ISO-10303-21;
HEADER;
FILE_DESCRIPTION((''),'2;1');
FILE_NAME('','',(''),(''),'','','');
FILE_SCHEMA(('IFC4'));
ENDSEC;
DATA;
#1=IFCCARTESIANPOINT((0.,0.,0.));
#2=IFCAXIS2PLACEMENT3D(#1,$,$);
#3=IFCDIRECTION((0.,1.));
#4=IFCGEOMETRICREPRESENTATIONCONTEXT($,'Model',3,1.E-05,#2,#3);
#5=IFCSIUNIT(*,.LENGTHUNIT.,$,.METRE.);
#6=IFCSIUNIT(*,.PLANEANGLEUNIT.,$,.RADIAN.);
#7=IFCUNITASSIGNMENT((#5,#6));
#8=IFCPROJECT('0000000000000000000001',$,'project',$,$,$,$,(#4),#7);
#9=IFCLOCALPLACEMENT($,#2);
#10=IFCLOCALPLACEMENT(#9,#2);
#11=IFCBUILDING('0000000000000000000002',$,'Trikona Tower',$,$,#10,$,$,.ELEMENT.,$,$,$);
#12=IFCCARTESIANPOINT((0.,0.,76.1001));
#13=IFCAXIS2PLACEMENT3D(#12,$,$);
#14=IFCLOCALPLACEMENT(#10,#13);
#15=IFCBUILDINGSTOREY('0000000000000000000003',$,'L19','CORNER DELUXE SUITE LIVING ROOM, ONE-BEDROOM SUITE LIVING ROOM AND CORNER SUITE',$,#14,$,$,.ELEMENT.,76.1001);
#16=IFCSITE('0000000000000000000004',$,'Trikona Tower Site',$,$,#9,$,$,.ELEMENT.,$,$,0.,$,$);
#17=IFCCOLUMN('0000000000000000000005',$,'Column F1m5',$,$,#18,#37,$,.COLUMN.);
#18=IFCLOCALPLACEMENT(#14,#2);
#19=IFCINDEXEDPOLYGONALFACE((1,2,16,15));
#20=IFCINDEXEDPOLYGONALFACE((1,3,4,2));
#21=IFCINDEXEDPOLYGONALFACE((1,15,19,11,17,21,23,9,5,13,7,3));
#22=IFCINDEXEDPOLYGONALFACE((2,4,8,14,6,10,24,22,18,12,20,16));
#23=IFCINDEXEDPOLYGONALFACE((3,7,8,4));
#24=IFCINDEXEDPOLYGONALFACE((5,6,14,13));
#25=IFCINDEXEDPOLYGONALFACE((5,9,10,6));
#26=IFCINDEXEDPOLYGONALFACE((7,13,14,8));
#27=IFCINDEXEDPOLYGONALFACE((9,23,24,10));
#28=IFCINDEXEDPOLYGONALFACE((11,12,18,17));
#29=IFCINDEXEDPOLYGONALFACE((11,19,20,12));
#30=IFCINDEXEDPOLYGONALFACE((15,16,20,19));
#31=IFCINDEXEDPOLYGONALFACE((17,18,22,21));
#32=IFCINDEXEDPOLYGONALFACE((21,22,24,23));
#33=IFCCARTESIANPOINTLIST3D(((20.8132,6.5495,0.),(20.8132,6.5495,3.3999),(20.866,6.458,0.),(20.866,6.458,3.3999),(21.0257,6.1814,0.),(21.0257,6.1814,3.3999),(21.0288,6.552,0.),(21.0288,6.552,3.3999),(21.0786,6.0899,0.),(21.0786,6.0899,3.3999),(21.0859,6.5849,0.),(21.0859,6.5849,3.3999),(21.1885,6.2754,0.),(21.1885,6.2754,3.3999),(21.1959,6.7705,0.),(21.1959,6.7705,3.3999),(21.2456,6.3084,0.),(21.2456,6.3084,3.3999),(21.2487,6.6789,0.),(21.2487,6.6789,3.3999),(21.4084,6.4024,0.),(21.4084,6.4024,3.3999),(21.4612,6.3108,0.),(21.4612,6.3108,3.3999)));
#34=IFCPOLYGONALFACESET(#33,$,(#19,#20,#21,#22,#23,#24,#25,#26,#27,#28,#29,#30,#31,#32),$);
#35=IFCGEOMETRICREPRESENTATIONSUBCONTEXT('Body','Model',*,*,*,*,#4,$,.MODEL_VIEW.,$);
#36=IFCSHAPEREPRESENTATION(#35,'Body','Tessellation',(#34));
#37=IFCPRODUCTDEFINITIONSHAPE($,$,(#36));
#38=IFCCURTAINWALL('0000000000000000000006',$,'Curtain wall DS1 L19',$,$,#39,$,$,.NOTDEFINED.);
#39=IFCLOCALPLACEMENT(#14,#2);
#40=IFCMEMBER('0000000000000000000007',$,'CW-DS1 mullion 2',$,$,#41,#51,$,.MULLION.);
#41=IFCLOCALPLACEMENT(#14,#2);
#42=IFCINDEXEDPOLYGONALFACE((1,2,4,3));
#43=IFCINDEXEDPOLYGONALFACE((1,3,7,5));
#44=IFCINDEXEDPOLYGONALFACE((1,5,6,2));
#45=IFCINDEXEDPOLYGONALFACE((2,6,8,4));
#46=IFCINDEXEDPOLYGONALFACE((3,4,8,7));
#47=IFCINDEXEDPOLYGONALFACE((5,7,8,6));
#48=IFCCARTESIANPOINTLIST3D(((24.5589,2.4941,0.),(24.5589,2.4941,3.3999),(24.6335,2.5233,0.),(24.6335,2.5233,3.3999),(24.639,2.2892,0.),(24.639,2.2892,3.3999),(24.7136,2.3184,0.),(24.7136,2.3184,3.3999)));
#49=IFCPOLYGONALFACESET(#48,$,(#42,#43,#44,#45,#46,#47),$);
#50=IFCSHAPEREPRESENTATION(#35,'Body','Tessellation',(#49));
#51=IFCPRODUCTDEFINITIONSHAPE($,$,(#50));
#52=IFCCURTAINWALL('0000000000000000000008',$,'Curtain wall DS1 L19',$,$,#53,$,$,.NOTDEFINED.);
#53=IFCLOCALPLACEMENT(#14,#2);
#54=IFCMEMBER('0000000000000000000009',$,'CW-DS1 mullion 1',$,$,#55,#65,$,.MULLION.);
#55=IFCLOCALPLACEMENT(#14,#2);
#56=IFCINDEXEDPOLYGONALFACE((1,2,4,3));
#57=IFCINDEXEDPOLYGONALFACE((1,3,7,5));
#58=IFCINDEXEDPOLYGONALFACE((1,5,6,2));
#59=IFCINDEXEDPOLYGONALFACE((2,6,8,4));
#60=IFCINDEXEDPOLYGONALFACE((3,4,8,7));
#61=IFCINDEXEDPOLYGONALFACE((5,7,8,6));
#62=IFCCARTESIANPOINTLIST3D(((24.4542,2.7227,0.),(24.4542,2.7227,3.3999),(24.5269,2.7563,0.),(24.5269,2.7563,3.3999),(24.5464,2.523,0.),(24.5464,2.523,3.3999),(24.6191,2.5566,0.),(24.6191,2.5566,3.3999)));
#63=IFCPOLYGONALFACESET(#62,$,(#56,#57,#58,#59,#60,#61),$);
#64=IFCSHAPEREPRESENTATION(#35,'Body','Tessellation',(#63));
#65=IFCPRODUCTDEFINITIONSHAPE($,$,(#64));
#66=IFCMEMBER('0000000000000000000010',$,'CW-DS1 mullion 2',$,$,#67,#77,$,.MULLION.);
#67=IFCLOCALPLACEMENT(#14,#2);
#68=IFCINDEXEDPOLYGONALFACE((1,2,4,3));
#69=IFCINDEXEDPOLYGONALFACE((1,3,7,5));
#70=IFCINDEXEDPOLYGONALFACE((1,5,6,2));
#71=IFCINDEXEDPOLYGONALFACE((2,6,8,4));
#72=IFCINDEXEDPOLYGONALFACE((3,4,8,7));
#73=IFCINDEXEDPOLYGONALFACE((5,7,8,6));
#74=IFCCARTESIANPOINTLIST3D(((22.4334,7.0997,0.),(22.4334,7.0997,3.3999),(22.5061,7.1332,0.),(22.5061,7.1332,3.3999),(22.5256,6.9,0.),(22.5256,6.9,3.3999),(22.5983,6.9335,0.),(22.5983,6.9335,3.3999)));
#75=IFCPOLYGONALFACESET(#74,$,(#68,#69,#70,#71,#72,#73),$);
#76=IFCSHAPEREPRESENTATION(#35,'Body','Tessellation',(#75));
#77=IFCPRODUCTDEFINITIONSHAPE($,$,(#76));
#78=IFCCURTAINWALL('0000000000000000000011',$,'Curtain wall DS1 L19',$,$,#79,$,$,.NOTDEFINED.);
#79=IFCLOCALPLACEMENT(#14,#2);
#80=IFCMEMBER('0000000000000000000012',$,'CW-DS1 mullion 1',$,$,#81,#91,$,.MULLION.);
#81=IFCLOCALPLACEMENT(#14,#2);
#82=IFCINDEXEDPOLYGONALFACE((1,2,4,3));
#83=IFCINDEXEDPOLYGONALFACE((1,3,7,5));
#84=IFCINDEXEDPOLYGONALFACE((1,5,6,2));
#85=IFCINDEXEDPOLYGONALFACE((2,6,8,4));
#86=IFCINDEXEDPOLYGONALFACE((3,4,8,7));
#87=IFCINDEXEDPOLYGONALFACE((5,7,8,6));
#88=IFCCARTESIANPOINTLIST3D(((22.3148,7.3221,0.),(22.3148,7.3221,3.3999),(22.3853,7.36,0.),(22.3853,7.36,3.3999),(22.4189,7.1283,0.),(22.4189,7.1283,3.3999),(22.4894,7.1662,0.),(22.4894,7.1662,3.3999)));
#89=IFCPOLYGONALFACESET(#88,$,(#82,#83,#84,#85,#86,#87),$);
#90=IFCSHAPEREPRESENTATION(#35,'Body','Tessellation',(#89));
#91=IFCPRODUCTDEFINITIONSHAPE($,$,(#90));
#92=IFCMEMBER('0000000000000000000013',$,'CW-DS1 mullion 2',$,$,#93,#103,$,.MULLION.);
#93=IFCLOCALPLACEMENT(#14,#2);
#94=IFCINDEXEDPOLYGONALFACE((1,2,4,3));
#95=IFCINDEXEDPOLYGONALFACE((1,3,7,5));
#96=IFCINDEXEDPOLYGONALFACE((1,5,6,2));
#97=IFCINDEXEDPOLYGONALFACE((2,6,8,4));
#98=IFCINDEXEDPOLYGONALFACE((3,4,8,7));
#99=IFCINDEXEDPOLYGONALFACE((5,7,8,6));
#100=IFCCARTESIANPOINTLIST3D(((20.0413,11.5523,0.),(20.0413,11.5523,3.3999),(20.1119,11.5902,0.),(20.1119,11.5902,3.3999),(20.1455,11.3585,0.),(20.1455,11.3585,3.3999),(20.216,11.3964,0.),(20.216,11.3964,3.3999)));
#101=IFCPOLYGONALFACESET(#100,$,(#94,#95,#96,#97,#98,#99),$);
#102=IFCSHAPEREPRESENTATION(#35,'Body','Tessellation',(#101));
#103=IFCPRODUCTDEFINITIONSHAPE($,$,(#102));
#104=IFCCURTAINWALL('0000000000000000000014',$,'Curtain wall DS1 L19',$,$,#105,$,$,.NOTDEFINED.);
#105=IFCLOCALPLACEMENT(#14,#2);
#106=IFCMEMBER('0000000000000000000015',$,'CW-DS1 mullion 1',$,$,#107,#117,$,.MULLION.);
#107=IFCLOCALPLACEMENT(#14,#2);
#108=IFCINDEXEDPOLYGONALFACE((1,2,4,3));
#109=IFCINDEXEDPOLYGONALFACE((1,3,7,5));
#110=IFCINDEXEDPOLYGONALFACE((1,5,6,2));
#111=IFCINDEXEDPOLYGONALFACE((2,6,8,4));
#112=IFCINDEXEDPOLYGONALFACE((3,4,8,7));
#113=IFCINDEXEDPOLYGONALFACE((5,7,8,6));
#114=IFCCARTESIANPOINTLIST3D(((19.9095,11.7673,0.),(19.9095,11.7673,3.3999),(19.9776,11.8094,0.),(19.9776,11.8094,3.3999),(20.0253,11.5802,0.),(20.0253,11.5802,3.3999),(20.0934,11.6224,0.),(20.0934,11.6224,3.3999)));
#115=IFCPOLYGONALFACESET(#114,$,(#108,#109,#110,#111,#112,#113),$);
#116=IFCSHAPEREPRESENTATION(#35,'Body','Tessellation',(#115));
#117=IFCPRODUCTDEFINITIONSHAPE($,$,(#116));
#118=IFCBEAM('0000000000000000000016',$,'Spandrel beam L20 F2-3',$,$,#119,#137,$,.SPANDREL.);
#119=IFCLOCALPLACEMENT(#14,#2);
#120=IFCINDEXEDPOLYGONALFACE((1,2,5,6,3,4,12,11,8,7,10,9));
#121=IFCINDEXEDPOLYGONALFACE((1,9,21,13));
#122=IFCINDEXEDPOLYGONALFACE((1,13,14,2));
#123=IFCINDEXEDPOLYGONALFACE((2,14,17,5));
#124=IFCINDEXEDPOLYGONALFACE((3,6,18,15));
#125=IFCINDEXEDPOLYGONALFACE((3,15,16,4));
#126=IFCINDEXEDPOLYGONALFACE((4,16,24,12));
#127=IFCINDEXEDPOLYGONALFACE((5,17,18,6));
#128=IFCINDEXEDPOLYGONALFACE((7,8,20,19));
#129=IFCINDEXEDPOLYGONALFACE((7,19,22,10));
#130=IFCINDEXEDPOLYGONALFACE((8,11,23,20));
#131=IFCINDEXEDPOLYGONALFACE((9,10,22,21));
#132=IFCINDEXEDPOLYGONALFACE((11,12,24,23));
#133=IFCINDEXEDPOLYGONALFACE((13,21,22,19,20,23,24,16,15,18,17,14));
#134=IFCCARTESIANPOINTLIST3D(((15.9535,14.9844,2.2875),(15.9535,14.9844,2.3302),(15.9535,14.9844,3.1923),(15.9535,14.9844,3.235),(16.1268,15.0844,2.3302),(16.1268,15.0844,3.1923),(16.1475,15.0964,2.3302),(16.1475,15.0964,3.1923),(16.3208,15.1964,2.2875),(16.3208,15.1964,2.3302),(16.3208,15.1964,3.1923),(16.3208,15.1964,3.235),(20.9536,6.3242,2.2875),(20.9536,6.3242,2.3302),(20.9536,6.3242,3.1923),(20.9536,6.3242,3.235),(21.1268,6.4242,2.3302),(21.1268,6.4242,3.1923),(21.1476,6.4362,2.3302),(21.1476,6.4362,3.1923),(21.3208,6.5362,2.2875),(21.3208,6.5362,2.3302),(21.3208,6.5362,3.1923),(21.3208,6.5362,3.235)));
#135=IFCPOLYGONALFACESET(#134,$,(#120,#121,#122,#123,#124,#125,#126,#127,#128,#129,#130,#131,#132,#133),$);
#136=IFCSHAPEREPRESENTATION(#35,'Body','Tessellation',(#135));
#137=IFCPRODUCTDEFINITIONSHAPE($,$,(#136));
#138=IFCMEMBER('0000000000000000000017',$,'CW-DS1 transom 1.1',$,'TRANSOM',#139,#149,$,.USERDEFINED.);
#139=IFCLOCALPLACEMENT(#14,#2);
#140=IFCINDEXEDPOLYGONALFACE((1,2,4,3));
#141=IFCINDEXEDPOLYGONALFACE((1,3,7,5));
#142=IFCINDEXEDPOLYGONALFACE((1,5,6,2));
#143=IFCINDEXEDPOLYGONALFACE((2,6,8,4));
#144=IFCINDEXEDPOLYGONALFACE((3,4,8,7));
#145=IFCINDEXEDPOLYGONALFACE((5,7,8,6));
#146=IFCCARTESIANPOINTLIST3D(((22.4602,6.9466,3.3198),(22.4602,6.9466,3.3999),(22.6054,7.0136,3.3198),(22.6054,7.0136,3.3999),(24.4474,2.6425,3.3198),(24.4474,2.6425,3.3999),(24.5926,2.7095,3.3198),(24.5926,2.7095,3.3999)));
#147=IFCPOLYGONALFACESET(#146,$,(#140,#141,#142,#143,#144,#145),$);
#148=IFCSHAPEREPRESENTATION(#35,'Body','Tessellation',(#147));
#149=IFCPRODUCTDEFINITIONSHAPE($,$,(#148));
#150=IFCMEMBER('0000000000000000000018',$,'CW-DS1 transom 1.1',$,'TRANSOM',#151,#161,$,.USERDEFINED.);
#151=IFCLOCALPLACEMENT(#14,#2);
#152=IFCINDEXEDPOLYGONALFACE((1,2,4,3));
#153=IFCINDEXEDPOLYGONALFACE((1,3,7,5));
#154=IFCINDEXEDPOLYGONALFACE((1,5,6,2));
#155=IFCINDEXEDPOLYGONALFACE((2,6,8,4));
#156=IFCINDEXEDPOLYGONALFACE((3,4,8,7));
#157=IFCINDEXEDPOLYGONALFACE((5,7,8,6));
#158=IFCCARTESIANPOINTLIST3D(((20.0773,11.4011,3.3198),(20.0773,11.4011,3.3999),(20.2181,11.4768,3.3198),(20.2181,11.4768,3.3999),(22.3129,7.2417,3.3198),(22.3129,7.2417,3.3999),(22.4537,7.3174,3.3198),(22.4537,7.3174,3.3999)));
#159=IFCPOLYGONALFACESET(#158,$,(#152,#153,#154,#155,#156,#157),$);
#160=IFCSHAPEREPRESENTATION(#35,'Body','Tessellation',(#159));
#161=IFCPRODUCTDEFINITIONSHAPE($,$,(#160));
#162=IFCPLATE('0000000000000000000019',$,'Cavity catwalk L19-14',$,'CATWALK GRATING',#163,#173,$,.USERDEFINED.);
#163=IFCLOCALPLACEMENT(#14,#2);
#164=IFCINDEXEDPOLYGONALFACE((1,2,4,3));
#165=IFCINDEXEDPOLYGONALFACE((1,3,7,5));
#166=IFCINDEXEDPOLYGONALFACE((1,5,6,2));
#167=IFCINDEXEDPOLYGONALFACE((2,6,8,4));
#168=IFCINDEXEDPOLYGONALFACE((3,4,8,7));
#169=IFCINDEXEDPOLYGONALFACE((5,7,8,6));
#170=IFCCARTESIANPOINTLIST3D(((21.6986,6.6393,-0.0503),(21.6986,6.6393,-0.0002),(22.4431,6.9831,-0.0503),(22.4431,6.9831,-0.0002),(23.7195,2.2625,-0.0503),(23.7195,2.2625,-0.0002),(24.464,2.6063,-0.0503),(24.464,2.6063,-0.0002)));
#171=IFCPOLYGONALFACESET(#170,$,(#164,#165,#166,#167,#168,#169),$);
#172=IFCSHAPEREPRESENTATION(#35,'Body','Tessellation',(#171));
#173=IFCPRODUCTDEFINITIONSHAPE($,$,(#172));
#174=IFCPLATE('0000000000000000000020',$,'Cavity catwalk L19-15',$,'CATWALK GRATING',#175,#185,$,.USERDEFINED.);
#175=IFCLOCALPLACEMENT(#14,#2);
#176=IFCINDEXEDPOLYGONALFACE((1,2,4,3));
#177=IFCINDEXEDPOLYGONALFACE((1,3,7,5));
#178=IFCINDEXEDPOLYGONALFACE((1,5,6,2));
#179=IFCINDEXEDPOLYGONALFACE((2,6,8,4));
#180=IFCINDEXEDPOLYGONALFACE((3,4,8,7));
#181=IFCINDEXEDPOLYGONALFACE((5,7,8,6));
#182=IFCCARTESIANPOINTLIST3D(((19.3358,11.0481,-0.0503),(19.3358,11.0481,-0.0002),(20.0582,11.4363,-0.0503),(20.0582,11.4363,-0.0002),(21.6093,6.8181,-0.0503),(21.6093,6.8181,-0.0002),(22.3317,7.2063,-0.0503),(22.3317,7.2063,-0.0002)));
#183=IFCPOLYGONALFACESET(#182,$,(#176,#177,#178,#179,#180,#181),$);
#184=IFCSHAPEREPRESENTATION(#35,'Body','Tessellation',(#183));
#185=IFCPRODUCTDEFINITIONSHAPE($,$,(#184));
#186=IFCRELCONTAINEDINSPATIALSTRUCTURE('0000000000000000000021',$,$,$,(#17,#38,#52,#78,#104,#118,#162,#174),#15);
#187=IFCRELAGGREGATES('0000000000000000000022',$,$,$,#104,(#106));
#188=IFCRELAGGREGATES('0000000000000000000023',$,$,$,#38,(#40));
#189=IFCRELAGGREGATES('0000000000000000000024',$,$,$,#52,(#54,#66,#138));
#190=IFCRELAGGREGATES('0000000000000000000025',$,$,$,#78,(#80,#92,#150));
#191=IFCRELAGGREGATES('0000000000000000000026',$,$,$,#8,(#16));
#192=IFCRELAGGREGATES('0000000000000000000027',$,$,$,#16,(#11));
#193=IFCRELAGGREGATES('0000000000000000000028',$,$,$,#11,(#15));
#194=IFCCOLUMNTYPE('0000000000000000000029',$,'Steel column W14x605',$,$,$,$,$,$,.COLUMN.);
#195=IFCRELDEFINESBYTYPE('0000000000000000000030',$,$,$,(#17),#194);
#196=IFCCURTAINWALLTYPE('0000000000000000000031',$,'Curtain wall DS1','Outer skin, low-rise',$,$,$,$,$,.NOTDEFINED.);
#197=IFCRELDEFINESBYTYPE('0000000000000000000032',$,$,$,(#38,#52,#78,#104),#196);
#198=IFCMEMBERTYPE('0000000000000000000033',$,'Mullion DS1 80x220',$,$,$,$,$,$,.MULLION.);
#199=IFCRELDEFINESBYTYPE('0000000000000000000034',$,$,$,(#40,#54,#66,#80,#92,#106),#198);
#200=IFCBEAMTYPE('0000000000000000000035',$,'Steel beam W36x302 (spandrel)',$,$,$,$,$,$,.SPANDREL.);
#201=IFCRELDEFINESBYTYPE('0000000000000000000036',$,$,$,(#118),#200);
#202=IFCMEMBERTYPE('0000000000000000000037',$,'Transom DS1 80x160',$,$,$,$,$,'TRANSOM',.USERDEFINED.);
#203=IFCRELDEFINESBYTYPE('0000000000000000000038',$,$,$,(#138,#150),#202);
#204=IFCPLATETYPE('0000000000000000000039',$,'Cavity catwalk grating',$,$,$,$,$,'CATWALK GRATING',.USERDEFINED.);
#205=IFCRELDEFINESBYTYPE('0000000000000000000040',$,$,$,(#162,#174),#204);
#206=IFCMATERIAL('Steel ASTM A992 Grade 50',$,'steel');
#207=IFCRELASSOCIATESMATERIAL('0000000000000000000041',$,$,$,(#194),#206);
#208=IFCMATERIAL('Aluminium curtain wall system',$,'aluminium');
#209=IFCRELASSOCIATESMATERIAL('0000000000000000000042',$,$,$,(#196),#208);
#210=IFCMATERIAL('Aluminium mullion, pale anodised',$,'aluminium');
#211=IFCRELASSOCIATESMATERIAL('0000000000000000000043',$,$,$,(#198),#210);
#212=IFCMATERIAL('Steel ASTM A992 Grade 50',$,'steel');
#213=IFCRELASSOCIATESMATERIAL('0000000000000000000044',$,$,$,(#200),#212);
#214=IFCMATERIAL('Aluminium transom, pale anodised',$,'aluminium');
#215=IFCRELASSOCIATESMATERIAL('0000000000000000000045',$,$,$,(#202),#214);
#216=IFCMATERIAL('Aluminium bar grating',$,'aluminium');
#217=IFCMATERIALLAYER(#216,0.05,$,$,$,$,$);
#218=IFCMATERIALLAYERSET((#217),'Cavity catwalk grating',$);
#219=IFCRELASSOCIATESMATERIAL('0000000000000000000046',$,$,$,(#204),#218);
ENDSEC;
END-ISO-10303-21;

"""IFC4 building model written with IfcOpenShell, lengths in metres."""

from ifc_helpers import new_model, si_unit, direction, frame, origin, origin_2d, place, context, subcontext, project, spatial, rectangle, i_section, extrude, material, layer, layer_set, material_profile, profile_set, type_object, element, aggregate, save


model = new_model("IFC4")

# Units and contexts
model_context = context("Model", 3, precision=1e-05, world=origin(), true_north=direction((0.0, 1.0)))
body_context = subcontext(model_context, "Body", "Model", "MODEL_VIEW")
ifc_project = project(units=[si_unit("LENGTHUNIT", "METRE"), si_unit("PLANEANGLEUNIT", "RADIAN")], contexts=[model_context])

# Site, building, storey
site_placement = place(None, origin())
site = spatial("IfcSite", under=ifc_project, at=site_placement, Name="Trikona Tower Site", CompositionType="ELEMENT", RefElevation=0.0)
building_placement = place(site_placement, origin())
building = spatial("IfcBuilding", under=site, at=building_placement, Name="Trikona Tower", CompositionType="ELEMENT")
storey_placement = place(building_placement, frame((0.0, 0.0, 76.1001)))
storey = spatial("IfcBuildingStorey", under=building, at=storey_placement, Name="L19", Description="CORNER DELUXE SUITE LIVING ROOM, ONE-BEDROOM SUITE LIVING ROOM AND CORNER SUITE", CompositionType="ELEMENT", Elevation=76.1001)

# Column
ifc_material_1 = material(Name="Steel ASTM A992 Grade 50", Category="steel")
ifc_material_profile_1 = material_profile(ifc_material_1, i_section(OverallWidth=0.4419, OverallDepth=0.5308, WebThickness=0.0659, FlangeThickness=0.1057, at=origin_2d()), Name="W14X605")
ifc_profile_set_1 = profile_set([ifc_material_profile_1], Name="Steel ASTM A992 Grade 50")
column_type = type_object("IfcColumnType", Name="Steel column W14x605", PredefinedType="COLUMN", material=ifc_profile_set_1)
column_placement = place(storey_placement, frame((21.1372, 6.4302, 0.0), z_axis=(0.0, 0.0, 1.0), x_axis=(0.866025, 0.5, 0.0)))
element("IfcColumn", 1, at=column_placement, inside=storey, type_object=column_type, Name="Column F1m5", PredefinedType="COLUMN", context=body_context, shape_type="SweptSolid", body=[
    extrude(i_section(OverallWidth=0.4419, OverallDepth=0.5308, WebThickness=0.0659, FlangeThickness=0.1057, at=origin_2d()), origin(), (0.0, 0.0, 1.0), 3.3999),
])

# Curtain wall, member
ifc_material_2 = material(Name="Aluminium curtain wall system", Category="aluminium")
curtain_wall_type = type_object("IfcCurtainWallType", Name="Curtain wall DS1", Description="Outer skin, low-rise", PredefinedType="NOTDEFINED", material=ifc_material_2)
curtain_wall_1_placement = place(storey_placement, origin())
curtain_wall_1 = element("IfcCurtainWall", 2, at=curtain_wall_1_placement, inside=storey, type_object=curtain_wall_type, Name="Curtain wall DS1 L19", PredefinedType="NOTDEFINED")
ifc_material_3 = material(Name="Aluminium mullion, pale anodised", Category="aluminium")
ifc_material_profile_2 = material_profile(ifc_material_3, rectangle(XDim=0.0801, YDim=0.22, at=origin_2d()), Name="MUL-DS1")
ifc_profile_set_2 = profile_set([ifc_material_profile_2], Name="Aluminium mullion, pale anodised")
member_type_1 = type_object("IfcMemberType", Name="Mullion DS1 80x220", PredefinedType="MULLION", material=ifc_profile_set_2)
member_1_placement = place(storey_placement, frame((24.6362, 2.4062, 0.0), z_axis=(0.0, 0.0, 1.0), x_axis=(-0.931396, -0.364008, 0.0)))
member_1 = element("IfcMember", 3, at=member_1_placement, type_object=member_type_1, Name="CW-DS1 mullion 2", PredefinedType="MULLION", context=body_context, shape_type="SweptSolid", body=[
    extrude(rectangle(XDim=0.0801, YDim=0.22, at=origin_2d()), origin(), (0.0, 0.0, 1.0), 3.3999),
])

# Curtain walls, members
curtain_wall_2_placement = place(storey_placement, origin())
curtain_wall_2 = element("IfcCurtainWall", 4, at=curtain_wall_2_placement, inside=storey, type_object=curtain_wall_type, Name="Curtain wall DS1 L19", PredefinedType="NOTDEFINED")
member_2_placement = place(storey_placement, frame((24.5366, 2.6396, 0.0), z_axis=(0.0, 0.0, 1.0), x_axis=(-0.907898, -0.41919, 0.0)))
member_2 = element("IfcMember", 5, at=member_2_placement, type_object=member_type_1, Name="CW-DS1 mullion 1", PredefinedType="MULLION", context=body_context, shape_type="SweptSolid", body=[
    extrude(rectangle(XDim=0.0801, YDim=0.22, at=origin_2d()), origin(), (0.0, 0.0, 1.0), 3.3999),
])
member_3_placement = place(storey_placement, frame((22.5159, 7.0166, 0.0), z_axis=(0.0, 0.0, 1.0), x_axis=(-0.907898, -0.41919, 0.0)))
member_3 = element("IfcMember", 6, at=member_3_placement, type_object=member_type_1, Name="CW-DS1 mullion 2", PredefinedType="MULLION", context=body_context, shape_type="SweptSolid", body=[
    extrude(rectangle(XDim=0.0801, YDim=0.22, at=origin_2d()), origin(), (0.0, 0.0, 1.0), 3.3999),
])
curtain_wall_3_placement = place(storey_placement, origin())
curtain_wall_3 = element("IfcCurtainWall", 7, at=curtain_wall_3_placement, inside=storey, type_object=curtain_wall_type, Name="Curtain wall DS1 L19", PredefinedType="NOTDEFINED")
member_4_placement = place(storey_placement, frame((22.4021, 7.2441, 0.0), z_axis=(0.0, 0.0, 1.0), x_axis=(-0.880843, -0.473408, 0.0)))
member_4 = element("IfcMember", 8, at=member_4_placement, type_object=member_type_1, Name="CW-DS1 mullion 1", PredefinedType="MULLION", context=body_context, shape_type="SweptSolid", body=[
    extrude(rectangle(XDim=0.0801, YDim=0.22, at=origin_2d()), origin(), (0.0, 0.0, 1.0), 3.3999),
])
member_5_placement = place(storey_placement, frame((20.1287, 11.4744, 0.0), z_axis=(0.0, 0.0, 1.0), x_axis=(-0.880843, -0.473408, 0.0)))
member_5 = element("IfcMember", 9, at=member_5_placement, type_object=member_type_1, Name="CW-DS1 mullion 2", PredefinedType="MULLION", context=body_context, shape_type="SweptSolid", body=[
    extrude(rectangle(XDim=0.0801, YDim=0.22, at=origin_2d()), origin(), (0.0, 0.0, 1.0), 3.3999),
])

# Curtain wall, member
curtain_wall_4_placement = place(storey_placement, origin())
curtain_wall_4 = element("IfcCurtainWall", 10, at=curtain_wall_4_placement, inside=storey, type_object=curtain_wall_type, Name="Curtain wall DS1 L19", PredefinedType="NOTDEFINED")
member_6_placement = place(storey_placement, frame((20.0015, 11.6948, 0.0), z_axis=(0.0, 0.0, 1.0), x_axis=(-0.85041, -0.52612, 0.0)))
member_6 = element("IfcMember", 11, at=member_6_placement, type_object=member_type_1, Name="CW-DS1 mullion 1", PredefinedType="MULLION", context=body_context, shape_type="SweptSolid", body=[
    extrude(rectangle(XDim=0.0801, YDim=0.22, at=origin_2d()), origin(), (0.0, 0.0, 1.0), 3.3999),
])
aggregate(curtain_wall_4, [member_6])

# Beam
ifc_material_4 = material(Name="Steel ASTM A992 Grade 50", Category="steel")
ifc_material_profile_3 = material_profile(ifc_material_4, i_section(OverallWidth=0.4241, OverallDepth=0.9475, WebThickness=0.0239, FlangeThickness=0.0427, at=origin_2d()), Name="W36X302")
ifc_profile_set_3 = profile_set([ifc_material_profile_3], Name="Steel ASTM A992 Grade 50")
beam_type = type_object("IfcBeamType", Name="Steel beam W36x302 (spandrel)", PredefinedType="SPANDREL", material=ifc_profile_set_3)
beam_placement = place(storey_placement, frame((21.1372, 6.4302, 2.7612), z_axis=(-0.500004, 0.866023, 0.0), x_axis=(-0.866023, -0.500004, 0.0)))
element("IfcBeam", 12, at=beam_placement, inside=storey, type_object=beam_type, Name="Spandrel beam L20 F2-3", PredefinedType="SPANDREL", context=body_context, shape_type="SweptSolid", body=[
    extrude(i_section(OverallWidth=0.4241, OverallDepth=0.9475, WebThickness=0.0239, FlangeThickness=0.0427, at=origin_2d()), origin(), (0.0, 0.0, 1.0), 10.0),
])

# Members
ifc_material_5 = material(Name="Aluminium transom, pale anodised", Category="aluminium")
ifc_material_profile_4 = material_profile(ifc_material_5, rectangle(XDim=0.1599, YDim=0.0801, at=origin_2d()), Name="TRN-DS1")
ifc_profile_set_4 = profile_set([ifc_material_profile_4], Name="Aluminium transom, pale anodised")
member_type_2 = type_object("IfcMemberType", Name="Transom DS1 80x160", ElementType="TRANSOM", PredefinedType="USERDEFINED", material=ifc_profile_set_4)
member_7_placement = place(storey_placement, frame((24.52, 2.676, 3.3599), z_axis=(-0.419189, 0.907899, 0.0), x_axis=(-0.907899, -0.419189, 0.0)))
member_7 = element("IfcMember", 13, at=member_7_placement, type_object=member_type_2, Name="CW-DS1 transom 1.1", ObjectType="TRANSOM", PredefinedType="USERDEFINED", context=body_context, shape_type="SweptSolid", body=[
    extrude(rectangle(XDim=0.1599, YDim=0.0801, at=origin_2d()), origin(), (0.0, 0.0, 1.0), 4.7407),
])
member_8_placement = place(storey_placement, frame((22.3833, 7.2795, 3.3599), z_axis=(-0.473428, 0.880833, 0.0), x_axis=(-0.880833, -0.473428, 0.0)))
member_8 = element("IfcMember", 14, at=member_8_placement, type_object=member_type_2, Name="CW-DS1 transom 1.1", ObjectType="TRANSOM", PredefinedType="USERDEFINED", context=body_context, shape_type="SweptSolid", body=[
    extrude(rectangle(XDim=0.1599, YDim=0.0801, at=origin_2d()), origin(), (0.0, 0.0, 1.0), 4.7222),
])

# Plates
ifc_material_6 = material(Name="Aluminium bar grating", Category="aluminium")
ifc_layer_1 = layer(ifc_material_6, 0.05)
ifc_layer_set_1 = layer_set([ifc_layer_1], Name="Cavity catwalk grating")
plate_type_1 = type_object("IfcPlateType", Name="Cavity catwalk grating", ElementType="CATWALK GRATING", PredefinedType="USERDEFINED", material=ifc_layer_set_1)
plate_1_placement = place(storey_placement, frame((23.0813, 4.6228, -0.0503), z_axis=(0.0, 0.0, 1.0), x_axis=(-0.419194, 0.907897, 0.0)))
element("IfcPlate", 15, at=plate_1_placement, inside=storey, type_object=plate_type_1, Name="Cavity catwalk L19-14", ObjectType="CATWALK GRATING", PredefinedType="USERDEFINED", context=body_context, shape_type="SweptSolid", body=[
    extrude(rectangle(XDim=4.8208, YDim=0.8201, at=origin_2d()), origin(), (0.0, 0.0, 1.0), 0.05),
])
plate_2_placement = place(storey_placement, frame((20.8337, 9.1272, -0.0503), z_axis=(0.0, 0.0, 1.0), x_axis=(-0.473423, 0.880835, 0.0)))
element("IfcPlate", 16, at=plate_2_placement, inside=storey, type_object=plate_type_1, Name="Cavity catwalk L19-15", ObjectType="CATWALK GRATING", PredefinedType="USERDEFINED", context=body_context, shape_type="SweptSolid", body=[
    extrude(rectangle(XDim=4.8022, YDim=0.8201, at=origin_2d()), origin(), (0.0, 0.0, 1.0), 0.05),
])

aggregate(curtain_wall_1, [member_1])
aggregate(curtain_wall_2, [member_2, member_3, member_7])
aggregate(curtain_wall_3, [member_4, member_5, member_8])

save(model, "model.ifc")
